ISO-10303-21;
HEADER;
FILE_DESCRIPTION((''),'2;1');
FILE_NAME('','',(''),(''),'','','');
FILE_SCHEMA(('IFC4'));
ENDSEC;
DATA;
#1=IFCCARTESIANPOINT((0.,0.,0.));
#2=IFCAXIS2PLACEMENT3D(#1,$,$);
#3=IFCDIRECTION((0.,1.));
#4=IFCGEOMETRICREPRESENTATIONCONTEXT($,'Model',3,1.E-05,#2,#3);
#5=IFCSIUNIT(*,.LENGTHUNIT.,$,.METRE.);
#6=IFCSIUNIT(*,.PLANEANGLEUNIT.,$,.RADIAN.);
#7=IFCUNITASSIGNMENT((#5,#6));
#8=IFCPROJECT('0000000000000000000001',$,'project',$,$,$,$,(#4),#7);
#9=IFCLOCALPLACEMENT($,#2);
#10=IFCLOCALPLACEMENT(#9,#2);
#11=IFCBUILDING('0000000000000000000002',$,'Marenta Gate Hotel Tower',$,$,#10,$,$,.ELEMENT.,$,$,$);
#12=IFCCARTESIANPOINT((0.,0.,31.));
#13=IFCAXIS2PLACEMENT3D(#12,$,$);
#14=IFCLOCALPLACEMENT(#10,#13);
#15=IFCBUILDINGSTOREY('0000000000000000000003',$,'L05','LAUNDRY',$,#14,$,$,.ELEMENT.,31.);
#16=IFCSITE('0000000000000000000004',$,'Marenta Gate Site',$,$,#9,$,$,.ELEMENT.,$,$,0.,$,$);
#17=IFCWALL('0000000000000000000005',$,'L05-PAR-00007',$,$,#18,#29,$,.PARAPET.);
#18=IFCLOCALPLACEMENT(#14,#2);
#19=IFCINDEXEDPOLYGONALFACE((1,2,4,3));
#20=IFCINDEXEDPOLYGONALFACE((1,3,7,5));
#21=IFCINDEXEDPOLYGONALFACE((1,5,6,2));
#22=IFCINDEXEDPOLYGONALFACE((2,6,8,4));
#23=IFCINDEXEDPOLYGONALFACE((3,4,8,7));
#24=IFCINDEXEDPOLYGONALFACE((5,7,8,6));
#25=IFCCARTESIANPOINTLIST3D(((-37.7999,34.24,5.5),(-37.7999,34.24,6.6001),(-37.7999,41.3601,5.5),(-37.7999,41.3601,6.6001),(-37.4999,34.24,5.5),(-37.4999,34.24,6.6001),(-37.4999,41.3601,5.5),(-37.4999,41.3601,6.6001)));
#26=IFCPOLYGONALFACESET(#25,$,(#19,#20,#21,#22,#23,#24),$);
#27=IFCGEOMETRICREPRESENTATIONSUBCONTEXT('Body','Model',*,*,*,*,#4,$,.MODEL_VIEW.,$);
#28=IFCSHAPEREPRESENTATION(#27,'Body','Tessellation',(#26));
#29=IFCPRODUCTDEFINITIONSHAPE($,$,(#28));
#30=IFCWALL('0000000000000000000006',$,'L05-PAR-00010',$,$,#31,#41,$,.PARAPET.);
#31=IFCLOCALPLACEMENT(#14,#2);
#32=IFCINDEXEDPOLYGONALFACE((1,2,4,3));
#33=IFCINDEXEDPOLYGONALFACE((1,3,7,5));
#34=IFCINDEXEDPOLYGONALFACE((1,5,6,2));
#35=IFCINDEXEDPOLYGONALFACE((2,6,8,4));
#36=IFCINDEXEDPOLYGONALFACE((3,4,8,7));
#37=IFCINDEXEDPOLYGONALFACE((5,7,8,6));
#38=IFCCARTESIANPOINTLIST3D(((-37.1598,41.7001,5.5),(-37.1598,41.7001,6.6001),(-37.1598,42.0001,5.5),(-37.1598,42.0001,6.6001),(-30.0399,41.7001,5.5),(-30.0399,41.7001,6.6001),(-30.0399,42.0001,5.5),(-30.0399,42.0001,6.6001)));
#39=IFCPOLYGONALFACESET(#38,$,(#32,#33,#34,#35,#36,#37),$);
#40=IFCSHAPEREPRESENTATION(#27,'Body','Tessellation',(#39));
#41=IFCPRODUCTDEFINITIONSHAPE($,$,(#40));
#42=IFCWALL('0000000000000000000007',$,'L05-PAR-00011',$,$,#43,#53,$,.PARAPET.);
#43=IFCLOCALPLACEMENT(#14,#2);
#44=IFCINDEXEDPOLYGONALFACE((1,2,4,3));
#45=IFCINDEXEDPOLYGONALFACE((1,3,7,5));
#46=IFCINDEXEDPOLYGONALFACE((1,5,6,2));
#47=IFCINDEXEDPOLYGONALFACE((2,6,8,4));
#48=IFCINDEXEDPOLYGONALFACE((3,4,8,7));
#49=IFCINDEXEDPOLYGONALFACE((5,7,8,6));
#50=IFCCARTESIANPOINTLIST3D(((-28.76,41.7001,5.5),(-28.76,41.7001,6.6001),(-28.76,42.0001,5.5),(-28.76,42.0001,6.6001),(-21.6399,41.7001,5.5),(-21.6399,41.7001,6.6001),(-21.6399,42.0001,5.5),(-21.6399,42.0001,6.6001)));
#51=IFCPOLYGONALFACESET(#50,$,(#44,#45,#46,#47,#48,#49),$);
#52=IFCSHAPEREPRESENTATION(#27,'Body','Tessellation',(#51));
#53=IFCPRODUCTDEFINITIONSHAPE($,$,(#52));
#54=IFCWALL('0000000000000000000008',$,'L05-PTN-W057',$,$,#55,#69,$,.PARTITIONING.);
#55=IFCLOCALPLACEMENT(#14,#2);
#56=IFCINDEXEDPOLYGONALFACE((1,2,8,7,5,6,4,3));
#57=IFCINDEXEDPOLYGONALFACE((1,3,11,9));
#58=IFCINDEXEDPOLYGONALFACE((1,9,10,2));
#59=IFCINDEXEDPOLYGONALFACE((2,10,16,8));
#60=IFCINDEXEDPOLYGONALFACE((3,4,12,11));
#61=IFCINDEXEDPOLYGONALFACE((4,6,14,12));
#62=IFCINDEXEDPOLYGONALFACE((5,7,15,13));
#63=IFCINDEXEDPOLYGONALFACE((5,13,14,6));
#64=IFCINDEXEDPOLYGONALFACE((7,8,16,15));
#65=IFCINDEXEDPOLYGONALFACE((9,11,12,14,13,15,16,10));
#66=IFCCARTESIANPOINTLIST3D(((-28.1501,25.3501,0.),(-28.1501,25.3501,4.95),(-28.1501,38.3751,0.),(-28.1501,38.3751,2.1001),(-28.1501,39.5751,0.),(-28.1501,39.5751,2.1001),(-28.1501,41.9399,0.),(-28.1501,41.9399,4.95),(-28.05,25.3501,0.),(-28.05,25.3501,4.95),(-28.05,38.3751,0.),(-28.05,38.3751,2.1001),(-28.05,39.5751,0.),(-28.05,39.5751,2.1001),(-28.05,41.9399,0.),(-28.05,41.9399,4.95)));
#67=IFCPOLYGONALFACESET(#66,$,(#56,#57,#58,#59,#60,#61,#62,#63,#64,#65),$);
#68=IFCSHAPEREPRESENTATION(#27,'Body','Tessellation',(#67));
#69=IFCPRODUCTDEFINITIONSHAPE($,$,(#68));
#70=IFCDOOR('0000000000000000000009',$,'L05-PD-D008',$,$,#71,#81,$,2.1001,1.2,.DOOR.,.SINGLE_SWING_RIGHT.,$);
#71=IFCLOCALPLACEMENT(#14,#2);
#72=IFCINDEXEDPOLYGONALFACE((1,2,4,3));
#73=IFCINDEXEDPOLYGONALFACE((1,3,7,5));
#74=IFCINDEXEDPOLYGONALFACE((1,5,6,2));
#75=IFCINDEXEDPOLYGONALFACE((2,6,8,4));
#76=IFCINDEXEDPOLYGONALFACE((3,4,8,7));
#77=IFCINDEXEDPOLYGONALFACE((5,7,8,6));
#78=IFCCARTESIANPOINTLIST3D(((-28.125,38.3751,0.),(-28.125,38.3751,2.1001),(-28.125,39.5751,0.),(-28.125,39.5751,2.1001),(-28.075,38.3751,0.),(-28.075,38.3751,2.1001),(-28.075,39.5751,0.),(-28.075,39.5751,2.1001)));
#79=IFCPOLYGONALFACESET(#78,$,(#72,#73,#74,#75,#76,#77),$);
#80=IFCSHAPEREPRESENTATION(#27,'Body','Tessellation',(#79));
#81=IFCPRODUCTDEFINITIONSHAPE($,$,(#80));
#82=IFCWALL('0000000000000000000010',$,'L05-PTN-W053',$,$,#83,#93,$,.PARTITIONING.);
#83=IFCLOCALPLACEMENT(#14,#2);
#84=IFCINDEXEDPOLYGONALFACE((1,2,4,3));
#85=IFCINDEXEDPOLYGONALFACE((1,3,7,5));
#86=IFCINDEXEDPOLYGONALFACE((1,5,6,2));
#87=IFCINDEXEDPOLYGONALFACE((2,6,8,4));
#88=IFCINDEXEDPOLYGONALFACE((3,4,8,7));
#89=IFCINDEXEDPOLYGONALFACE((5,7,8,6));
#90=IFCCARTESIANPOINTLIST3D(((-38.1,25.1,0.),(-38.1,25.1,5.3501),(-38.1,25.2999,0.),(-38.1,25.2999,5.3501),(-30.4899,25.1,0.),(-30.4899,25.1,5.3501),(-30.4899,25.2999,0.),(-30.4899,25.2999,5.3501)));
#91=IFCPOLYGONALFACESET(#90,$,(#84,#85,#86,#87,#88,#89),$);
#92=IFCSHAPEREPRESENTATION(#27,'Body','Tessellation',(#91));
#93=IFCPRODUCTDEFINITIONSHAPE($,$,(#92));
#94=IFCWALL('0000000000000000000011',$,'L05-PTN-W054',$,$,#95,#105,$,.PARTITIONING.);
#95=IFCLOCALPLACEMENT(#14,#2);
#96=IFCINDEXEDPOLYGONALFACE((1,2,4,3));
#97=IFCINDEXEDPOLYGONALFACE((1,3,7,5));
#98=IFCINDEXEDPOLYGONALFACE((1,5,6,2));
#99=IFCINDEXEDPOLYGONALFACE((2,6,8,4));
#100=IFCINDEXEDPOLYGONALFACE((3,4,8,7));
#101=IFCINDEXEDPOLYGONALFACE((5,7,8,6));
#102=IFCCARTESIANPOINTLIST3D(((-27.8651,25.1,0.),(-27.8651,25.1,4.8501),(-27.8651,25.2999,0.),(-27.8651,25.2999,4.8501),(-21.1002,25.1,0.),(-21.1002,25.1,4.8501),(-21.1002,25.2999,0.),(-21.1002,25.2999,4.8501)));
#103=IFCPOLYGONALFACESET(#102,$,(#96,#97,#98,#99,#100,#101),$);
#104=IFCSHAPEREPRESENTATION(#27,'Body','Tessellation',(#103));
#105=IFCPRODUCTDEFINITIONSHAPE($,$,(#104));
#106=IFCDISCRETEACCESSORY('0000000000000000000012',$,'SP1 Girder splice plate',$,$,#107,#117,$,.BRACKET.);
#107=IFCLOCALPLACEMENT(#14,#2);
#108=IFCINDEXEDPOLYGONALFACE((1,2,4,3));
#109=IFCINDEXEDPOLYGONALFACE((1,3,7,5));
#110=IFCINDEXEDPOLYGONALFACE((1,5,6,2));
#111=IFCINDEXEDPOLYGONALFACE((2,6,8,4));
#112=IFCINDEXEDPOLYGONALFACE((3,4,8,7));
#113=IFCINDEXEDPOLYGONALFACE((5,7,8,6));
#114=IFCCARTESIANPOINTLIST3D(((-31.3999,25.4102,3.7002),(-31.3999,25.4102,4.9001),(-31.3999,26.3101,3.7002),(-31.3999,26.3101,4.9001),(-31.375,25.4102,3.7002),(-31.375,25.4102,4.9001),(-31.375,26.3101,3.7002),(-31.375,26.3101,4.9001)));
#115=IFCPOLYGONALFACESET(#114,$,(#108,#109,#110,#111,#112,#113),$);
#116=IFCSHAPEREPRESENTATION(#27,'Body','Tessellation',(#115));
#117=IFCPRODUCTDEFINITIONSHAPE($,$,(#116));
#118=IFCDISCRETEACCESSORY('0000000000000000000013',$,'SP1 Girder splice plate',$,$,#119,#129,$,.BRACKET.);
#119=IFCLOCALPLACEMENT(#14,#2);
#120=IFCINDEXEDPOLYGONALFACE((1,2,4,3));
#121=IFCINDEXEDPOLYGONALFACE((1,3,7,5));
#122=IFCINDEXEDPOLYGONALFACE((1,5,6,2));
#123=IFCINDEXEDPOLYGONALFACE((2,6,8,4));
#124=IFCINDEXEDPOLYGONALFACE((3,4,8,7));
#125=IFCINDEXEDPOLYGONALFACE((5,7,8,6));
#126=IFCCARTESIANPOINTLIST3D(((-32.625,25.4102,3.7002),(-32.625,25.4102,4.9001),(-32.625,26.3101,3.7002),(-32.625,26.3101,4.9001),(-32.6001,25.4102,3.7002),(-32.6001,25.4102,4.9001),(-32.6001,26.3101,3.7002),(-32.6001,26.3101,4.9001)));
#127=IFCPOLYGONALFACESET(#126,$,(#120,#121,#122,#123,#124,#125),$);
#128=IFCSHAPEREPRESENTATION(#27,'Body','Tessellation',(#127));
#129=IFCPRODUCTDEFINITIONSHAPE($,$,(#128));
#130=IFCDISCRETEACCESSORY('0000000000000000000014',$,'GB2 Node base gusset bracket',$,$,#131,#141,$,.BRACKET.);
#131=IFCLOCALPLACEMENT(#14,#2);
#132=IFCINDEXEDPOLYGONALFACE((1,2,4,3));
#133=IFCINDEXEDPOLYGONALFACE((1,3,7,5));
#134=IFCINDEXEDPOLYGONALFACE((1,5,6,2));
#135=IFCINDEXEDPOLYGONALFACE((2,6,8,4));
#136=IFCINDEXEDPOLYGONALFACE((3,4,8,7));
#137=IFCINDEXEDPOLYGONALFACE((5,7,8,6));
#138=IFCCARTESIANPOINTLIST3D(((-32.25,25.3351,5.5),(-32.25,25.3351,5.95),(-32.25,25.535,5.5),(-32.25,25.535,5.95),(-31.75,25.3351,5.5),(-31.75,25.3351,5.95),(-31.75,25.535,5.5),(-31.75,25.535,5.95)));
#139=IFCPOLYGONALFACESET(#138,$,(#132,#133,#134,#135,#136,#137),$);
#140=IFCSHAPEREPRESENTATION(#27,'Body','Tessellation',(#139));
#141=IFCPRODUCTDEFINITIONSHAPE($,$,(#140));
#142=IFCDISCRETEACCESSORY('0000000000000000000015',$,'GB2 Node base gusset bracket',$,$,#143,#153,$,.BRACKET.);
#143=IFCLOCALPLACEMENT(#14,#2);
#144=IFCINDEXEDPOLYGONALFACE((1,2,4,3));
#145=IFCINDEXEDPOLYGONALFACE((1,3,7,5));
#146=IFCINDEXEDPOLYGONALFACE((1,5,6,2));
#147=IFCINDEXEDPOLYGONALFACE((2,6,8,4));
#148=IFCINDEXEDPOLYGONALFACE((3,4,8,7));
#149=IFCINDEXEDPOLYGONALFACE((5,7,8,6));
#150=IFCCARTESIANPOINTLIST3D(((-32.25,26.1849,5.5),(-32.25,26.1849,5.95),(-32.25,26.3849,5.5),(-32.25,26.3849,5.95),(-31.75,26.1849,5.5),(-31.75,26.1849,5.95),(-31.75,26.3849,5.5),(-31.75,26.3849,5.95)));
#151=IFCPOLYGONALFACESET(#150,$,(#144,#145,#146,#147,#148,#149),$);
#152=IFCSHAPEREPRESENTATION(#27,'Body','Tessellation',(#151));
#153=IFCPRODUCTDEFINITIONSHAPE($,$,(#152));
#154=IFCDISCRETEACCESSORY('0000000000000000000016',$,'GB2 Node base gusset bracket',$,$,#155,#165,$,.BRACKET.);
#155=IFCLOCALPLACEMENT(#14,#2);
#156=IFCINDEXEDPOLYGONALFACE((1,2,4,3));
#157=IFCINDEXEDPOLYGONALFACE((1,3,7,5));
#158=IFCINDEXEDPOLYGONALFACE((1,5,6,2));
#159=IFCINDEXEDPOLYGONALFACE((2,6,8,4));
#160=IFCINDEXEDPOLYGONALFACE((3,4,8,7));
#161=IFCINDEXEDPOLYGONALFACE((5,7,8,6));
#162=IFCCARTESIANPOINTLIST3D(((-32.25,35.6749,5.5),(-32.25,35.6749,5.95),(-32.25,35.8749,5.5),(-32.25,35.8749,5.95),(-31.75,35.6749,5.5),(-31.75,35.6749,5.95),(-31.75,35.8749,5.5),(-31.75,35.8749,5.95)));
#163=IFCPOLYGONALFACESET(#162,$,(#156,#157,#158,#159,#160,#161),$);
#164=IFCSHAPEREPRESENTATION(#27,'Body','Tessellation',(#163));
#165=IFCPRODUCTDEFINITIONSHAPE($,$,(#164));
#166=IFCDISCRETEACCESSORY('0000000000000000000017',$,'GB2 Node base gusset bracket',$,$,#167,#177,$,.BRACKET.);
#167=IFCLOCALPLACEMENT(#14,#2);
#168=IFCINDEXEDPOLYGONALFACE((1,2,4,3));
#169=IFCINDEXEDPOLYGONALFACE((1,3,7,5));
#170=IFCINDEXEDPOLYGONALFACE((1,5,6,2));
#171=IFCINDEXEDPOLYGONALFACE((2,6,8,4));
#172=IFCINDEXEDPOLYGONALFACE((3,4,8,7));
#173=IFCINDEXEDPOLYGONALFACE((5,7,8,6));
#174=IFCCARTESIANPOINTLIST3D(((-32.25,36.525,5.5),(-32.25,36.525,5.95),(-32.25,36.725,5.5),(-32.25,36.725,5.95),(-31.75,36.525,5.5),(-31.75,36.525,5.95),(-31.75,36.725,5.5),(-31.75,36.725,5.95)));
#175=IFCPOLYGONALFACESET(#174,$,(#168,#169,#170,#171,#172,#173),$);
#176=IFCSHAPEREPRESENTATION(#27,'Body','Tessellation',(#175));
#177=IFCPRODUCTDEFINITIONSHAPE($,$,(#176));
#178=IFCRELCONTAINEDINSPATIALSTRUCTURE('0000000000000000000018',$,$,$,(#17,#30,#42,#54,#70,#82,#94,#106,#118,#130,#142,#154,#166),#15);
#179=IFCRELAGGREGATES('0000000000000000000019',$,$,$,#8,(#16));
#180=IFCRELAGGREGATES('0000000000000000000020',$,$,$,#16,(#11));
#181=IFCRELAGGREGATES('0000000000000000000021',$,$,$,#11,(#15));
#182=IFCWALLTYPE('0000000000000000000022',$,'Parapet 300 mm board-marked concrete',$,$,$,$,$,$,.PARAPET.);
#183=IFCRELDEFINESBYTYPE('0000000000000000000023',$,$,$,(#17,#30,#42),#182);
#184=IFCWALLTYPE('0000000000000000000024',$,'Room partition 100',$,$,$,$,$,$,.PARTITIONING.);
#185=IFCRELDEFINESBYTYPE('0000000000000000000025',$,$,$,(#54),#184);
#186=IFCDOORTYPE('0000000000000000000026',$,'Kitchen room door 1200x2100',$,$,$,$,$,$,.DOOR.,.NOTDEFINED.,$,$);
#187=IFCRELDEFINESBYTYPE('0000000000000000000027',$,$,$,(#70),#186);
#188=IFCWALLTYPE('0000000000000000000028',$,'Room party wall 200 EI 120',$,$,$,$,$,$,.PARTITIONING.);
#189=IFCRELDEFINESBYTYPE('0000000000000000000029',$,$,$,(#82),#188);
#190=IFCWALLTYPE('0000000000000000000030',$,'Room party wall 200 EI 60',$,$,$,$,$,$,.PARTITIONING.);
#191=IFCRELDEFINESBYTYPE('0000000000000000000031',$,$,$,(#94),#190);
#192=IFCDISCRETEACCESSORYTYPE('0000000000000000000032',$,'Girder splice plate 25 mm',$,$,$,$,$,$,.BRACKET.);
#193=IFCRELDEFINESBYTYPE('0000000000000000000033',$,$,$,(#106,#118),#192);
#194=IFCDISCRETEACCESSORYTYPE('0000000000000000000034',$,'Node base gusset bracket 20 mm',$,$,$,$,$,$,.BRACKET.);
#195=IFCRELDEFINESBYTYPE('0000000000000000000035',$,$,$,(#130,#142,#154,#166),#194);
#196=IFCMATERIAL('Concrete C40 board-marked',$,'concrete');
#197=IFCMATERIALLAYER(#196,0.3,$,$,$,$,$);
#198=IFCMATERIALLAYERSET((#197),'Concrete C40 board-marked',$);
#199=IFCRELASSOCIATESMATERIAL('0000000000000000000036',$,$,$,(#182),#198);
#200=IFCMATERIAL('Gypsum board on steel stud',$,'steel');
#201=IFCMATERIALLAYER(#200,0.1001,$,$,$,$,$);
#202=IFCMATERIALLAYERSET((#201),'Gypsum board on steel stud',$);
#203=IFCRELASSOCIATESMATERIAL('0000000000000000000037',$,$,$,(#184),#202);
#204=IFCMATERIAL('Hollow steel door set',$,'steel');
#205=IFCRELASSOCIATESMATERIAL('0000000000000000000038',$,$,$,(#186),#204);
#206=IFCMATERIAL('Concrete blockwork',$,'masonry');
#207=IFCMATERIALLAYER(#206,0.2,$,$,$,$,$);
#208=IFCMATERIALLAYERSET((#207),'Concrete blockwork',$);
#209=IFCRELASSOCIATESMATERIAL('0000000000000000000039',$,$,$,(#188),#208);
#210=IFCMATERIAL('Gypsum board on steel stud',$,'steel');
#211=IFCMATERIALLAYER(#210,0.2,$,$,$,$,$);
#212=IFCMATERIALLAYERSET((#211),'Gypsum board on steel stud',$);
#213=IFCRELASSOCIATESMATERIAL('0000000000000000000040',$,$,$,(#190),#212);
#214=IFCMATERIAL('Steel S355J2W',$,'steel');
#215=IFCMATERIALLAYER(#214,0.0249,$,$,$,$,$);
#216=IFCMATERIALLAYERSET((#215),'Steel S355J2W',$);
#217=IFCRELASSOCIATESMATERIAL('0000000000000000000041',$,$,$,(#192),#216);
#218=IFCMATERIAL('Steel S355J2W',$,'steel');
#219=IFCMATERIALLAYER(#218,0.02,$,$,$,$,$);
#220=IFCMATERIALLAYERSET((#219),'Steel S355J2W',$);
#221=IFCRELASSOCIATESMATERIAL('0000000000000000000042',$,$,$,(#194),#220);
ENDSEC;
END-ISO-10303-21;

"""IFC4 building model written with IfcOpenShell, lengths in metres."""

from ifc_helpers import new_model, si_unit, direction, frame, frame_2d, origin, origin_2d, place, context, subcontext, project, spatial, rectangle, extrude, material, layer, layer_set, type_object, element, fill, save


model = new_model("IFC4")

# Units and contexts
model_context = context("Model", 3, precision=1e-05, world=origin(), true_north=direction((0.0, 1.0)))
body_context = subcontext(model_context, "Body", "Model", "MODEL_VIEW")
ifc_project = project(units=[si_unit("LENGTHUNIT", "METRE"), si_unit("PLANEANGLEUNIT", "RADIAN")], contexts=[model_context])

# Site, building, storey
site_placement = place(None, origin())
site = spatial("IfcSite", under=ifc_project, at=site_placement, Name="Marenta Gate Site", CompositionType="ELEMENT", RefElevation=0.0)
building_placement = place(site_placement, origin())
building = spatial("IfcBuilding", under=site, at=building_placement, Name="Marenta Gate Hotel Tower", CompositionType="ELEMENT")
storey_placement = place(building_placement, frame((0.0, 0.0, 31.0)))
storey = spatial("IfcBuildingStorey", under=building, at=storey_placement, Name="L05", Description="LAUNDRY", CompositionType="ELEMENT", Elevation=31.0)

# Walls
ifc_material_1 = material(Name="Concrete C40 board-marked", Category="concrete")
ifc_layer_1 = layer(ifc_material_1, 0.3)
ifc_layer_set_1 = layer_set([ifc_layer_1], Name="Concrete C40 board-marked")
wall_type_1 = type_object("IfcWallType", Name="Parapet 300 mm board-marked concrete", PredefinedType="PARAPET", material=ifc_layer_set_1)
wall_1_placement = place(storey_placement, frame((-37.6499, 34.24, 5.5), z_axis=(0.0, 0.0, 1.0), x_axis=(0.0, 1.0, 0.0)))
element("IfcWall", 1, at=wall_1_placement, inside=storey, type_object=wall_type_1, Name="L05-PAR-00007", PredefinedType="PARAPET", context=body_context, shape_type="SweptSolid", body=[
    extrude(rectangle(XDim=7.1201, YDim=0.3, at=frame_2d((3.5601, 0.0))), origin(), (0.0, 0.0, 1.0), 1.1001),
])
wall_2_placement = place(storey_placement, frame((-37.1599, 41.8501, 5.5), z_axis=(0.0, 0.0, 1.0), x_axis=(1.0, 0.0, 0.0)))
element("IfcWall", 2, at=wall_2_placement, inside=storey, type_object=wall_type_1, Name="L05-PAR-00010", PredefinedType="PARAPET", context=body_context, shape_type="SweptSolid", body=[
    extrude(rectangle(XDim=7.1199, YDim=0.3, at=frame_2d((3.5601, 0.0))), origin(), (0.0, 0.0, 1.0), 1.1001),
])
wall_3_placement = place(storey_placement, frame((-28.76, 41.8501, 5.5), z_axis=(0.0, 0.0, 1.0), x_axis=(1.0, 0.0, 0.0)))
element("IfcWall", 3, at=wall_3_placement, inside=storey, type_object=wall_type_1, Name="L05-PAR-00011", PredefinedType="PARAPET", context=body_context, shape_type="SweptSolid", body=[
    extrude(rectangle(XDim=7.1201, YDim=0.3, at=frame_2d((3.5601, 0.0))), origin(), (0.0, 0.0, 1.0), 1.1001),
])

# Wall, opening, door
ifc_material_2 = material(Name="Gypsum board on steel stud", Category="steel")
ifc_layer_2 = layer(ifc_material_2, 0.1001)
ifc_layer_set_2 = layer_set([ifc_layer_2], Name="Gypsum board on steel stud")
wall_type_2 = type_object("IfcWallType", Name="Room partition 100", PredefinedType="PARTITIONING", material=ifc_layer_set_2)
wall_4_placement = place(storey_placement, frame((-28.1001, 25.3501, 0.0), z_axis=(0.0, 0.0, 1.0), x_axis=(0.0, 1.0, 0.0)))
wall_4 = element("IfcWall", 4, at=wall_4_placement, inside=storey, type_object=wall_type_2, Name="L05-PTN-W057", PredefinedType="PARTITIONING", context=body_context, shape_type="SweptSolid", body=[
    extrude(rectangle(XDim=16.5898, YDim=0.1001, at=frame_2d((8.2949, 0.0))), origin(), (0.0, 0.0, 1.0), 4.95),
])
opening_placement = place(wall_4_placement, frame((13.0249, 0.0, 0.0)))
opening = element("IfcOpeningElement", 5, at=opening_placement, cuts=wall_4, PredefinedType="OPENING", context=body_context, shape_type="SweptSolid", body=[
    extrude(rectangle(XDim=1.2, YDim=2.1001, at=frame_2d((0.6001, 1.05))), frame((0.0, 0.05, 0.0), z_axis=(0.0, -1.0, 0.0), x_axis=(1.0, 0.0, 0.0)), (0.0, 0.0, 1.0), 0.1001),
])
ifc_material_3 = material(Name="Hollow steel door set", Category="steel")
door_type = type_object("IfcDoorType", Name="Kitchen room door 1200x2100", OperationType="NOTDEFINED", PredefinedType="DOOR", material=ifc_material_3)
door_placement = place(opening_placement, origin())
door = element("IfcDoor", 6, at=door_placement, inside=storey, type_object=door_type, Name="L05-PD-D008", OperationType="SINGLE_SWING_RIGHT", OverallHeight=2.1001, OverallWidth=1.2, PredefinedType="DOOR", context=body_context, shape_type="SweptSolid", body=[
    extrude(rectangle(XDim=1.2, YDim=2.1001, at=frame_2d((0.6001, 1.05))), frame((0.0, 0.0249, 0.0), z_axis=(0.0, -1.0, 0.0), x_axis=(1.0, 0.0, 0.0)), (0.0, 0.0, 1.0), 0.05),
])
fill(opening, door)

# Walls
ifc_material_4 = material(Name="Concrete blockwork", Category="masonry")
ifc_layer_3 = layer(ifc_material_4, 0.2)
ifc_layer_set_3 = layer_set([ifc_layer_3], Name="Concrete blockwork")
wall_type_3 = type_object("IfcWallType", Name="Room party wall 200 EI 120", PredefinedType="PARTITIONING", material=ifc_layer_set_3)
wall_5_placement = place(storey_placement, frame((-38.1001, 25.2, 0.0), z_axis=(0.0, 0.0, 1.0), x_axis=(1.0, 0.0, 0.0)))
element("IfcWall", 7, at=wall_5_placement, inside=storey, type_object=wall_type_3, Name="L05-PTN-W053", PredefinedType="PARTITIONING", context=body_context, shape_type="SweptSolid", body=[
    extrude(rectangle(XDim=7.6101, YDim=0.2, at=frame_2d((3.8052, 0.0))), origin(), (0.0, 0.0, 1.0), 5.3501),
])
ifc_material_5 = material(Name="Gypsum board on steel stud", Category="steel")
ifc_layer_4 = layer(ifc_material_5, 0.2)
ifc_layer_set_4 = layer_set([ifc_layer_4], Name="Gypsum board on steel stud")
wall_type_4 = type_object("IfcWallType", Name="Room party wall 200 EI 60", PredefinedType="PARTITIONING", material=ifc_layer_set_4)
wall_6_placement = place(storey_placement, frame((-27.865, 25.2, 0.0), z_axis=(0.0, 0.0, 1.0), x_axis=(1.0, 0.0, 0.0)))
element("IfcWall", 8, at=wall_6_placement, inside=storey, type_object=wall_type_4, Name="L05-PTN-W054", PredefinedType="PARTITIONING", context=body_context, shape_type="SweptSolid", body=[
    extrude(rectangle(XDim=6.7649, YDim=0.2, at=frame_2d((3.3823, 0.0))), origin(), (0.0, 0.0, 1.0), 4.8501),
])

# Discrete accessories
ifc_material_6 = material(Name="Steel S355J2W", Category="steel")
ifc_layer_5 = layer(ifc_material_6, 0.0249)
ifc_layer_set_5 = layer_set([ifc_layer_5], Name="Steel S355J2W")
discrete_accessory_type_1 = type_object("IfcDiscreteAccessoryType", Name="Girder splice plate 25 mm", PredefinedType="BRACKET", material=ifc_layer_set_5)
for number, where, z_axis, x_axis, name in (
    (9, (-31.3875, 25.8601, 3.7002), (0.0, 0.0, 1.0), (0.0, 1.0, 0.0), "SP1 Girder splice plate"),
    (10, (-32.6125, 25.8601, 3.7002), (0.0, 0.0, 1.0), (0.0, 1.0, 0.0), "SP1 Girder splice plate"),
):
    element("IfcDiscreteAccessory", number, at=place(storey_placement, frame(where, z_axis=z_axis, x_axis=x_axis)), inside=storey, type_object=discrete_accessory_type_1, Name=name, PredefinedType="BRACKET", context=body_context, shape_type="SweptSolid", body=[
        extrude(rectangle(XDim=0.8999, YDim=0.0249, at=origin_2d()), origin(), (0.0, 0.0, 1.0), 1.2),
    ])
ifc_material_7 = material(Name="Steel S355J2W", Category="steel")
ifc_layer_6 = layer(ifc_material_7, 0.02)
ifc_layer_set_6 = layer_set([ifc_layer_6], Name="Steel S355J2W")
discrete_accessory_type_2 = type_object("IfcDiscreteAccessoryType", Name="Node base gusset bracket 20 mm", PredefinedType="BRACKET", material=ifc_layer_set_6)
for number, where, z_axis, x_axis, name in (
    (11, (-32.0, 25.4351, 5.5), (0.0, 0.0, 1.0), (0.0, 1.0, 0.0), "GB2 Node base gusset bracket"),
    (12, (-32.0, 26.2849, 5.5), (0.0, 0.0, 1.0), (0.0, 1.0, 0.0), "GB2 Node base gusset bracket"),
    (13, (-32.0, 35.7749, 5.5), (0.0, 0.0, 1.0), (0.0, 1.0, 0.0), "GB2 Node base gusset bracket"),
    (14, (-32.0, 36.625, 5.5), (0.0, 0.0, 1.0), (0.0, 1.0, 0.0), "GB2 Node base gusset bracket"),
):
    element("IfcDiscreteAccessory", number, at=place(storey_placement, frame(where, z_axis=z_axis, x_axis=x_axis)), inside=storey, type_object=discrete_accessory_type_2, Name=name, PredefinedType="BRACKET", context=body_context, shape_type="SweptSolid", body=[
        extrude(rectangle(XDim=0.2, YDim=0.5, at=origin_2d()), origin(), (0.0, 0.0, 1.0), 0.45),
    ])

save(model, "model.ifc")
